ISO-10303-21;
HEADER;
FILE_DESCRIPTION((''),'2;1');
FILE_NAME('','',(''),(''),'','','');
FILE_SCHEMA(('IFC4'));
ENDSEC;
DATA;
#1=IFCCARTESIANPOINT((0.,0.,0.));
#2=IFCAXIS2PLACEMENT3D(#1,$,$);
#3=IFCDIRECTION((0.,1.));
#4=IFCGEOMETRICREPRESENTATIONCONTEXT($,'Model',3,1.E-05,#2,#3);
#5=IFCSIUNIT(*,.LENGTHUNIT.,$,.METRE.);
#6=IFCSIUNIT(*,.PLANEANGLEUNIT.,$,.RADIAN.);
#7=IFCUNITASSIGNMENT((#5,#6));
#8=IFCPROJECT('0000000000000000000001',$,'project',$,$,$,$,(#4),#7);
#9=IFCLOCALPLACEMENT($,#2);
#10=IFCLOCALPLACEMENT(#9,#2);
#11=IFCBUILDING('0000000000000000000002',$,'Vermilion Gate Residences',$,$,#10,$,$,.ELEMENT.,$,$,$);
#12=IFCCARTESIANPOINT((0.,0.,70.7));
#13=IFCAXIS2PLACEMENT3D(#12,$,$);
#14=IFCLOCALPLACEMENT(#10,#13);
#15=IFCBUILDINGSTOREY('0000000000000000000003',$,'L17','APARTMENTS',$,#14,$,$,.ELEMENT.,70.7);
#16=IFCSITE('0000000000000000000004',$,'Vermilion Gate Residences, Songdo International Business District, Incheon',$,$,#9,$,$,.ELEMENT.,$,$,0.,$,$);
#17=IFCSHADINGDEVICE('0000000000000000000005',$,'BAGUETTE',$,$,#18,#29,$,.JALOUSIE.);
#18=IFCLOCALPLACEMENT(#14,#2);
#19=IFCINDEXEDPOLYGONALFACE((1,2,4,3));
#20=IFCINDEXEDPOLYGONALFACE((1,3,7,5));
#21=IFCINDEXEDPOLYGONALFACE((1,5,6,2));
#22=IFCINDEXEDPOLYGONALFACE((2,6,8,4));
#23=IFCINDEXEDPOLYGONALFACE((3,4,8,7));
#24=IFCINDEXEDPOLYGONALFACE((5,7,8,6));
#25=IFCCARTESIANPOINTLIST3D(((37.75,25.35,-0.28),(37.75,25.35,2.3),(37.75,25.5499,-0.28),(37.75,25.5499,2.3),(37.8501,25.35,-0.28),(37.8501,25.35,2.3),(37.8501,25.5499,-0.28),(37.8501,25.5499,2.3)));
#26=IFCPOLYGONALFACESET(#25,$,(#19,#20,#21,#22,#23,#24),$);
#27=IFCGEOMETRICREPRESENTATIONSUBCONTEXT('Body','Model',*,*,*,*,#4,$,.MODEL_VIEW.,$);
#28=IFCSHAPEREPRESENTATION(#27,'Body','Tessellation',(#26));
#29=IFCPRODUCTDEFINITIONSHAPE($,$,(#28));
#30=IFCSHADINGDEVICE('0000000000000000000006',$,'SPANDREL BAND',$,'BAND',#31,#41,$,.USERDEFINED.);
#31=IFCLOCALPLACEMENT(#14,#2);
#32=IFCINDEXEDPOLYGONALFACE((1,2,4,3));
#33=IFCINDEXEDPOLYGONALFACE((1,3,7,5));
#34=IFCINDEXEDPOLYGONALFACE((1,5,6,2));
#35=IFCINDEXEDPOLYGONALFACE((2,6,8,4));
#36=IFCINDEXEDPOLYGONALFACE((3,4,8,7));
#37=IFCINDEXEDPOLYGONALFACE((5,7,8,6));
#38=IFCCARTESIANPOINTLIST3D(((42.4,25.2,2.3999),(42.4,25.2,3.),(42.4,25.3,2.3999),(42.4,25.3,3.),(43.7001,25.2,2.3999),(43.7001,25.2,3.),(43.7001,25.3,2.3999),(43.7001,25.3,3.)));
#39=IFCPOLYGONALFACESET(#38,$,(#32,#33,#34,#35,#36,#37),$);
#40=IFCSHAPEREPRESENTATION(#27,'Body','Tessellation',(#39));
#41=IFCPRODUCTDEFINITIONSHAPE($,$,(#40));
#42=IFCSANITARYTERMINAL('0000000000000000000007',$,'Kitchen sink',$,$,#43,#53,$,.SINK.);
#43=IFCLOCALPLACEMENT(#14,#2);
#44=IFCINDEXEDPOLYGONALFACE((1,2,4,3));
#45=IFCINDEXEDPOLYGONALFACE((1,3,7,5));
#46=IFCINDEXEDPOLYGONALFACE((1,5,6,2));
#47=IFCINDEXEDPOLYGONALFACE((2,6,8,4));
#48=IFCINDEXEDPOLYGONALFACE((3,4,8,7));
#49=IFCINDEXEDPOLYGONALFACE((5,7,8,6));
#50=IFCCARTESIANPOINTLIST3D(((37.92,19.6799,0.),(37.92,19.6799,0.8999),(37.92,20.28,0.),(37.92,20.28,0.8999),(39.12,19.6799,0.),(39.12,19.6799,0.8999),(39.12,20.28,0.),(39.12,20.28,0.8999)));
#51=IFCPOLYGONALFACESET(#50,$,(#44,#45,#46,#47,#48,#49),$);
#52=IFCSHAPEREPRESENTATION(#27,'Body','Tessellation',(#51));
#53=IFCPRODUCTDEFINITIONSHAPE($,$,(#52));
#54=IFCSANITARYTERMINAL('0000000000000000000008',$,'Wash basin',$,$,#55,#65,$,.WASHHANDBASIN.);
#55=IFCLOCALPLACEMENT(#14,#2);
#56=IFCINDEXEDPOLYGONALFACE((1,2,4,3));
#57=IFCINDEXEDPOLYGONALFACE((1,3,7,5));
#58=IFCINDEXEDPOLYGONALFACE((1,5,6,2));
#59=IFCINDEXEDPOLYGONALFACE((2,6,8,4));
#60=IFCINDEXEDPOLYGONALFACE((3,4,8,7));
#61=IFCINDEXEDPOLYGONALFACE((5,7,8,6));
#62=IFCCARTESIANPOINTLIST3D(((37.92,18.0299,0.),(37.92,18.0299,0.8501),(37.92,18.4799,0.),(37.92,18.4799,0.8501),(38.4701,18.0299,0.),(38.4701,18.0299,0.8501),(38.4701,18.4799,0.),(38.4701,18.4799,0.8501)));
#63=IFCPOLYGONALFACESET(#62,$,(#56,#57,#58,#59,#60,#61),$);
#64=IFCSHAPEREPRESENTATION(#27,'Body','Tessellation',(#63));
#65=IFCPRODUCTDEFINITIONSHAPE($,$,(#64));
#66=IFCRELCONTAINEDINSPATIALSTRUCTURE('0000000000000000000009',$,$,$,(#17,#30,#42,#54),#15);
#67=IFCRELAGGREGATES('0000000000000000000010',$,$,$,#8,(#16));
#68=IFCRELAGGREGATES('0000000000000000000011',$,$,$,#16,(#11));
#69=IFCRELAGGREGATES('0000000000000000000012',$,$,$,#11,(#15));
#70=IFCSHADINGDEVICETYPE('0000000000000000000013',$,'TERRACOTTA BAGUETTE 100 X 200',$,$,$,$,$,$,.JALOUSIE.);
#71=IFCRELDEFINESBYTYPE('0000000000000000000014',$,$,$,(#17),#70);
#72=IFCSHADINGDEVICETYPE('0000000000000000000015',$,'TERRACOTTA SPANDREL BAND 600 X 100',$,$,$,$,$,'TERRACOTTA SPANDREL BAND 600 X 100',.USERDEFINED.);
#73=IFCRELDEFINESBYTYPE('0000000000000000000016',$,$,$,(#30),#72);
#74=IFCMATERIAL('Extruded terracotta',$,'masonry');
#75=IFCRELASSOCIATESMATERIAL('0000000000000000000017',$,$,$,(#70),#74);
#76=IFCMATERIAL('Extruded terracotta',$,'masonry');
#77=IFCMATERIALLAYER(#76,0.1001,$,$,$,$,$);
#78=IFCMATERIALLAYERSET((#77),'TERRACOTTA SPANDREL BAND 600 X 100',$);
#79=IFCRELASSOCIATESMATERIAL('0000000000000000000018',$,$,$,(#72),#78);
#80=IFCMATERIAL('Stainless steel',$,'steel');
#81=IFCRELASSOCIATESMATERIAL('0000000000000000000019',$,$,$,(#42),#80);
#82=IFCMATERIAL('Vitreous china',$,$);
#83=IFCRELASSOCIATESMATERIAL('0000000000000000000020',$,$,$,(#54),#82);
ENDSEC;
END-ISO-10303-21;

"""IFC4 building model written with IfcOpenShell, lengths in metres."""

from ifc_helpers import new_model, si_unit, direction, frame, origin, origin_2d, place, context, subcontext, project, spatial, rectangle, extrude, material, layer, layer_set, material_profile, profile_set, type_object, element, save


model = new_model("IFC4")

# Units and contexts
model_context = context("Model", 3, precision=1e-05, world=origin(), true_north=direction((0.0, 1.0)))
body_context = subcontext(model_context, "Body", "Model", "MODEL_VIEW")
ifc_project = project(units=[si_unit("LENGTHUNIT", "METRE"), si_unit("PLANEANGLEUNIT", "RADIAN")], contexts=[model_context])

# Site, building, storey
site_placement = place(None, origin())
site = spatial("IfcSite", under=ifc_project, at=site_placement, Name="Vermilion Gate Residences, Songdo International Business District, Incheon", CompositionType="ELEMENT", RefElevation=0.0)
building_placement = place(site_placement, origin())
building = spatial("IfcBuilding", under=site, at=building_placement, Name="Vermilion Gate Residences", CompositionType="ELEMENT")
storey_placement = place(building_placement, frame((0.0, 0.0, 70.7)))
storey = spatial("IfcBuildingStorey", under=building, at=storey_placement, Name="L17", Description="APARTMENTS", CompositionType="ELEMENT", Elevation=70.7)

# Shading devices
ifc_material_1 = material(Name="Extruded terracotta", Category="masonry")
ifc_material_profile = material_profile(ifc_material_1, rectangle(XDim=0.2, YDim=0.1001, at=origin_2d()), Name="BAGUETTE 100 X 200")
ifc_profile_set = profile_set([ifc_material_profile], Name="Extruded terracotta")
shading_device_type_1 = type_object("IfcShadingDeviceType", Name="TERRACOTTA BAGUETTE 100 X 200", PredefinedType="JALOUSIE", material=ifc_profile_set)
shading_device_1_placement = place(storey_placement, frame((37.8, 25.45, -0.28), z_axis=(0.0, 0.0, 1.0), x_axis=(0.0, -1.0, 0.0)))
element("IfcShadingDevice", 1, at=shading_device_1_placement, inside=storey, type_object=shading_device_type_1, Name="BAGUETTE", PredefinedType="JALOUSIE", context=body_context, shape_type="SweptSolid", body=[
    extrude(rectangle(XDim=0.2, YDim=0.1001, at=origin_2d()), origin(), (0.0, 0.0, 1.0), 2.5801),
])
ifc_material_2 = material(Name="Extruded terracotta", Category="masonry")
ifc_layer_1 = layer(ifc_material_2, 0.1001)
ifc_layer_set_1 = layer_set([ifc_layer_1], Name="TERRACOTTA SPANDREL BAND 600 X 100")
shading_device_type_2 = type_object("IfcShadingDeviceType", Name="TERRACOTTA SPANDREL BAND 600 X 100", ElementType="TERRACOTTA SPANDREL BAND 600 X 100", PredefinedType="USERDEFINED", material=ifc_layer_set_1)
shading_device_2_placement = place(storey_placement, frame((43.05, 25.25, 2.3999), z_axis=(0.0, 0.0, 1.0), x_axis=(1.0, 0.0, 0.0)))
element("IfcShadingDevice", 2, at=shading_device_2_placement, inside=storey, type_object=shading_device_type_2, Name="SPANDREL BAND", ObjectType="BAND", PredefinedType="USERDEFINED", context=body_context, shape_type="SweptSolid", body=[
    extrude(rectangle(XDim=1.3, YDim=0.1001, at=origin_2d()), origin(), (0.0, 0.0, 1.0), 0.6001),
])

# Sanitary terminals
ifc_material_3 = material(Name="Stainless steel", Category="steel")
sanitary_terminal_1_placement = place(storey_placement, frame((38.52, 19.98, 0.0), z_axis=(0.0, 0.0, 1.0), x_axis=(1.0, 0.0, 0.0)))
element("IfcSanitaryTerminal", 3, at=sanitary_terminal_1_placement, inside=storey, material=ifc_material_3, Name="Kitchen sink", PredefinedType="SINK", context=body_context, shape_type="SweptSolid", body=[
    extrude(rectangle(XDim=1.2, YDim=0.6001, at=origin_2d()), origin(), (0.0, 0.0, 1.0), 0.8999),
])
ifc_material_4 = material(Name="Vitreous china")
sanitary_terminal_2_placement = place(storey_placement, frame((38.1951, 18.2549, 0.0), z_axis=(0.0, 0.0, 1.0), x_axis=(1.0, 0.0, 0.0)))
element("IfcSanitaryTerminal", 4, at=sanitary_terminal_2_placement, inside=storey, material=ifc_material_4, Name="Wash basin", PredefinedType="WASHHANDBASIN", context=body_context, shape_type="SweptSolid", body=[
    extrude(rectangle(XDim=0.55, YDim=0.45, at=origin_2d()), origin(), (0.0, 0.0, 1.0), 0.8501),
])

save(model, "model.ifc")
